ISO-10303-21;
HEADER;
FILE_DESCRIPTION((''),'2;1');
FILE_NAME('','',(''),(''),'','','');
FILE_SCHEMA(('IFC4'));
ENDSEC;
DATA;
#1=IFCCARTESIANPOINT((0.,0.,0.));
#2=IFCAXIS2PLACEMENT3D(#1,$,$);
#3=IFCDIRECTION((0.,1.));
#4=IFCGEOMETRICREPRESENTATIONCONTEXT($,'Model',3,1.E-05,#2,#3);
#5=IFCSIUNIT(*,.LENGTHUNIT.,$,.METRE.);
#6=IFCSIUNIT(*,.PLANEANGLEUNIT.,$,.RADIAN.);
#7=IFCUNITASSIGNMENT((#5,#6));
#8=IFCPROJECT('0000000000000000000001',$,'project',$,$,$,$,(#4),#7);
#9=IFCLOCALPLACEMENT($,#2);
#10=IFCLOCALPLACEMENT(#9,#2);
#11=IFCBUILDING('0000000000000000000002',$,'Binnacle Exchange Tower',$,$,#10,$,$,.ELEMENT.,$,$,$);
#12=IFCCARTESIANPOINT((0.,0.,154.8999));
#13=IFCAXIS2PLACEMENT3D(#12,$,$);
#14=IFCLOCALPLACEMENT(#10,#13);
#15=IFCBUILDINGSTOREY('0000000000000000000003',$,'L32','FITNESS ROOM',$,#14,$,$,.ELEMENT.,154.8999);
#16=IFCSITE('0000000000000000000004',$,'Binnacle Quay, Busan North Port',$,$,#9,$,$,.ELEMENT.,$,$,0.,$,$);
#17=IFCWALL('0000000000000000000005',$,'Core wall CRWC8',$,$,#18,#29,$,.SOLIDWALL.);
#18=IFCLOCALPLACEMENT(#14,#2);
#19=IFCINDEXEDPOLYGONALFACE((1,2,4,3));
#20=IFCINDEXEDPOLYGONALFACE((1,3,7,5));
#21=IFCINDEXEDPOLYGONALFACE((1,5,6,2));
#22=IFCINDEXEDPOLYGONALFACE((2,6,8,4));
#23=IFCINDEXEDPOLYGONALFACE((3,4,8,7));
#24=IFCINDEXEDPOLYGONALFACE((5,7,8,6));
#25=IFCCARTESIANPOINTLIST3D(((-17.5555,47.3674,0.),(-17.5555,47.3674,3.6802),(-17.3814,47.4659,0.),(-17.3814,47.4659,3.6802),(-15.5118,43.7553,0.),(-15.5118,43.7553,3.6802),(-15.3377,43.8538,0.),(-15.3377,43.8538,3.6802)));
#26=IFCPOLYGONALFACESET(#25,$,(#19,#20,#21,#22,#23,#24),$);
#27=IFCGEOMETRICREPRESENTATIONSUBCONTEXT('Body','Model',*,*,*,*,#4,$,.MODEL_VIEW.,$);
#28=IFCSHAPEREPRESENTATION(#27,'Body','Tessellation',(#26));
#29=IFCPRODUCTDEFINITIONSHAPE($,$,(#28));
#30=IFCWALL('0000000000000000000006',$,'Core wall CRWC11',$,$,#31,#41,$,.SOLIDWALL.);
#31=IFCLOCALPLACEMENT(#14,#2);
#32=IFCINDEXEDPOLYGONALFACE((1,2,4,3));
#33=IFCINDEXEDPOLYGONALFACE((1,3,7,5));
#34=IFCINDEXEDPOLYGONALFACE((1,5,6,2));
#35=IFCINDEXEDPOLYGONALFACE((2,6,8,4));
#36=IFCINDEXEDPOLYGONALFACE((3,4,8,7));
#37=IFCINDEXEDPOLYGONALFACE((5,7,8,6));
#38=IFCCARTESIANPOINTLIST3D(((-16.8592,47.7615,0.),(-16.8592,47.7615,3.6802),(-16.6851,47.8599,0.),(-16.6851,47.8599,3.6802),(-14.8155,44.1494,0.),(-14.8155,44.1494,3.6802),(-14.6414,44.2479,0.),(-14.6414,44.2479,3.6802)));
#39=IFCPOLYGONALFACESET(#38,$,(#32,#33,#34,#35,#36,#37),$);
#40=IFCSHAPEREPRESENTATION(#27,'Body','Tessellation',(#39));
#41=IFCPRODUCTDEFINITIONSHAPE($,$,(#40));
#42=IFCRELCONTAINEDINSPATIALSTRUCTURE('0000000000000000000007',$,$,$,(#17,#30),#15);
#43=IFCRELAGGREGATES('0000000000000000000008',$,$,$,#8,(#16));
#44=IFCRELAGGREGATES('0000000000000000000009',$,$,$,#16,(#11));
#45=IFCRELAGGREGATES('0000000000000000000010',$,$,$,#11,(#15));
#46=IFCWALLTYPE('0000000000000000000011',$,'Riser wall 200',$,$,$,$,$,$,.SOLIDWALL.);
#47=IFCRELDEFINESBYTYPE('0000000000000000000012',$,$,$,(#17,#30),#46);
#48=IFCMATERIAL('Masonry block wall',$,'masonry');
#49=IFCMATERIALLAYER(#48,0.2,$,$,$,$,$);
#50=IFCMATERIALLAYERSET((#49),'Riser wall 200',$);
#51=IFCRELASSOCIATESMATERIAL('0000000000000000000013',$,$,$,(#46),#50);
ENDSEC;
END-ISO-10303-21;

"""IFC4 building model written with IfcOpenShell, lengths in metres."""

from ifc_helpers import new_model, si_unit, direction, frame, frame_2d, origin, place, context, subcontext, project, spatial, rectangle, extrude, material, layer, layer_set, type_object, element, save


model = new_model("IFC4")

# Units and contexts
model_context = context("Model", 3, precision=1e-05, world=origin(), true_north=direction((0.0, 1.0)))
body_context = subcontext(model_context, "Body", "Model", "MODEL_VIEW")
ifc_project = project(units=[si_unit("LENGTHUNIT", "METRE"), si_unit("PLANEANGLEUNIT", "RADIAN")], contexts=[model_context])

# Site, building, storey
site_placement = place(None, origin())
site = spatial("IfcSite", under=ifc_project, at=site_placement, Name="Binnacle Quay, Busan North Port", CompositionType="ELEMENT", RefElevation=0.0)
building_placement = place(site_placement, origin())
building = spatial("IfcBuilding", under=site, at=building_placement, Name="Binnacle Exchange Tower", CompositionType="ELEMENT")
storey_placement = place(building_placement, frame((0.0, 0.0, 154.8999)))
storey = spatial("IfcBuildingStorey", under=building, at=storey_placement, Name="L32", Description="FITNESS ROOM", CompositionType="ELEMENT", Elevation=154.8999)

# Walls
ifc_material_1 = material(Name="Masonry block wall", Category="masonry")
ifc_layer_1 = layer(ifc_material_1, 0.2)
ifc_layer_set_1 = layer_set([ifc_layer_1], Name="Riser wall 200")
wall_type_1 = type_object("IfcWallType", Name="Riser wall 200", PredefinedType="SOLIDWALL", material=ifc_layer_set_1)
for number, where, z_axis, x_axis, name in (
    (1, (-17.4685, 47.4167, 0.0), (0.0, 0.0, 1.0), (0.492441, -0.870346, 0.0), "Core wall CRWC8"),
    (2, (-16.7722, 47.8108, 0.0), (0.0, 0.0, 1.0), (0.492441, -0.870346, 0.0), "Core wall CRWC11"),
):
    element("IfcWall", number, at=place(storey_placement, frame(where, z_axis=z_axis, x_axis=x_axis)), inside=storey, type_object=wall_type_1, Name=name, PredefinedType="SOLIDWALL", context=body_context, shape_type="SweptSolid", body=[
        extrude(rectangle(XDim=4.1501, YDim=0.2, at=frame_2d((2.0752, 0.0))), origin(), (0.0, 0.0, 1.0), 3.6802),
    ])

save(model, "model.ifc")
